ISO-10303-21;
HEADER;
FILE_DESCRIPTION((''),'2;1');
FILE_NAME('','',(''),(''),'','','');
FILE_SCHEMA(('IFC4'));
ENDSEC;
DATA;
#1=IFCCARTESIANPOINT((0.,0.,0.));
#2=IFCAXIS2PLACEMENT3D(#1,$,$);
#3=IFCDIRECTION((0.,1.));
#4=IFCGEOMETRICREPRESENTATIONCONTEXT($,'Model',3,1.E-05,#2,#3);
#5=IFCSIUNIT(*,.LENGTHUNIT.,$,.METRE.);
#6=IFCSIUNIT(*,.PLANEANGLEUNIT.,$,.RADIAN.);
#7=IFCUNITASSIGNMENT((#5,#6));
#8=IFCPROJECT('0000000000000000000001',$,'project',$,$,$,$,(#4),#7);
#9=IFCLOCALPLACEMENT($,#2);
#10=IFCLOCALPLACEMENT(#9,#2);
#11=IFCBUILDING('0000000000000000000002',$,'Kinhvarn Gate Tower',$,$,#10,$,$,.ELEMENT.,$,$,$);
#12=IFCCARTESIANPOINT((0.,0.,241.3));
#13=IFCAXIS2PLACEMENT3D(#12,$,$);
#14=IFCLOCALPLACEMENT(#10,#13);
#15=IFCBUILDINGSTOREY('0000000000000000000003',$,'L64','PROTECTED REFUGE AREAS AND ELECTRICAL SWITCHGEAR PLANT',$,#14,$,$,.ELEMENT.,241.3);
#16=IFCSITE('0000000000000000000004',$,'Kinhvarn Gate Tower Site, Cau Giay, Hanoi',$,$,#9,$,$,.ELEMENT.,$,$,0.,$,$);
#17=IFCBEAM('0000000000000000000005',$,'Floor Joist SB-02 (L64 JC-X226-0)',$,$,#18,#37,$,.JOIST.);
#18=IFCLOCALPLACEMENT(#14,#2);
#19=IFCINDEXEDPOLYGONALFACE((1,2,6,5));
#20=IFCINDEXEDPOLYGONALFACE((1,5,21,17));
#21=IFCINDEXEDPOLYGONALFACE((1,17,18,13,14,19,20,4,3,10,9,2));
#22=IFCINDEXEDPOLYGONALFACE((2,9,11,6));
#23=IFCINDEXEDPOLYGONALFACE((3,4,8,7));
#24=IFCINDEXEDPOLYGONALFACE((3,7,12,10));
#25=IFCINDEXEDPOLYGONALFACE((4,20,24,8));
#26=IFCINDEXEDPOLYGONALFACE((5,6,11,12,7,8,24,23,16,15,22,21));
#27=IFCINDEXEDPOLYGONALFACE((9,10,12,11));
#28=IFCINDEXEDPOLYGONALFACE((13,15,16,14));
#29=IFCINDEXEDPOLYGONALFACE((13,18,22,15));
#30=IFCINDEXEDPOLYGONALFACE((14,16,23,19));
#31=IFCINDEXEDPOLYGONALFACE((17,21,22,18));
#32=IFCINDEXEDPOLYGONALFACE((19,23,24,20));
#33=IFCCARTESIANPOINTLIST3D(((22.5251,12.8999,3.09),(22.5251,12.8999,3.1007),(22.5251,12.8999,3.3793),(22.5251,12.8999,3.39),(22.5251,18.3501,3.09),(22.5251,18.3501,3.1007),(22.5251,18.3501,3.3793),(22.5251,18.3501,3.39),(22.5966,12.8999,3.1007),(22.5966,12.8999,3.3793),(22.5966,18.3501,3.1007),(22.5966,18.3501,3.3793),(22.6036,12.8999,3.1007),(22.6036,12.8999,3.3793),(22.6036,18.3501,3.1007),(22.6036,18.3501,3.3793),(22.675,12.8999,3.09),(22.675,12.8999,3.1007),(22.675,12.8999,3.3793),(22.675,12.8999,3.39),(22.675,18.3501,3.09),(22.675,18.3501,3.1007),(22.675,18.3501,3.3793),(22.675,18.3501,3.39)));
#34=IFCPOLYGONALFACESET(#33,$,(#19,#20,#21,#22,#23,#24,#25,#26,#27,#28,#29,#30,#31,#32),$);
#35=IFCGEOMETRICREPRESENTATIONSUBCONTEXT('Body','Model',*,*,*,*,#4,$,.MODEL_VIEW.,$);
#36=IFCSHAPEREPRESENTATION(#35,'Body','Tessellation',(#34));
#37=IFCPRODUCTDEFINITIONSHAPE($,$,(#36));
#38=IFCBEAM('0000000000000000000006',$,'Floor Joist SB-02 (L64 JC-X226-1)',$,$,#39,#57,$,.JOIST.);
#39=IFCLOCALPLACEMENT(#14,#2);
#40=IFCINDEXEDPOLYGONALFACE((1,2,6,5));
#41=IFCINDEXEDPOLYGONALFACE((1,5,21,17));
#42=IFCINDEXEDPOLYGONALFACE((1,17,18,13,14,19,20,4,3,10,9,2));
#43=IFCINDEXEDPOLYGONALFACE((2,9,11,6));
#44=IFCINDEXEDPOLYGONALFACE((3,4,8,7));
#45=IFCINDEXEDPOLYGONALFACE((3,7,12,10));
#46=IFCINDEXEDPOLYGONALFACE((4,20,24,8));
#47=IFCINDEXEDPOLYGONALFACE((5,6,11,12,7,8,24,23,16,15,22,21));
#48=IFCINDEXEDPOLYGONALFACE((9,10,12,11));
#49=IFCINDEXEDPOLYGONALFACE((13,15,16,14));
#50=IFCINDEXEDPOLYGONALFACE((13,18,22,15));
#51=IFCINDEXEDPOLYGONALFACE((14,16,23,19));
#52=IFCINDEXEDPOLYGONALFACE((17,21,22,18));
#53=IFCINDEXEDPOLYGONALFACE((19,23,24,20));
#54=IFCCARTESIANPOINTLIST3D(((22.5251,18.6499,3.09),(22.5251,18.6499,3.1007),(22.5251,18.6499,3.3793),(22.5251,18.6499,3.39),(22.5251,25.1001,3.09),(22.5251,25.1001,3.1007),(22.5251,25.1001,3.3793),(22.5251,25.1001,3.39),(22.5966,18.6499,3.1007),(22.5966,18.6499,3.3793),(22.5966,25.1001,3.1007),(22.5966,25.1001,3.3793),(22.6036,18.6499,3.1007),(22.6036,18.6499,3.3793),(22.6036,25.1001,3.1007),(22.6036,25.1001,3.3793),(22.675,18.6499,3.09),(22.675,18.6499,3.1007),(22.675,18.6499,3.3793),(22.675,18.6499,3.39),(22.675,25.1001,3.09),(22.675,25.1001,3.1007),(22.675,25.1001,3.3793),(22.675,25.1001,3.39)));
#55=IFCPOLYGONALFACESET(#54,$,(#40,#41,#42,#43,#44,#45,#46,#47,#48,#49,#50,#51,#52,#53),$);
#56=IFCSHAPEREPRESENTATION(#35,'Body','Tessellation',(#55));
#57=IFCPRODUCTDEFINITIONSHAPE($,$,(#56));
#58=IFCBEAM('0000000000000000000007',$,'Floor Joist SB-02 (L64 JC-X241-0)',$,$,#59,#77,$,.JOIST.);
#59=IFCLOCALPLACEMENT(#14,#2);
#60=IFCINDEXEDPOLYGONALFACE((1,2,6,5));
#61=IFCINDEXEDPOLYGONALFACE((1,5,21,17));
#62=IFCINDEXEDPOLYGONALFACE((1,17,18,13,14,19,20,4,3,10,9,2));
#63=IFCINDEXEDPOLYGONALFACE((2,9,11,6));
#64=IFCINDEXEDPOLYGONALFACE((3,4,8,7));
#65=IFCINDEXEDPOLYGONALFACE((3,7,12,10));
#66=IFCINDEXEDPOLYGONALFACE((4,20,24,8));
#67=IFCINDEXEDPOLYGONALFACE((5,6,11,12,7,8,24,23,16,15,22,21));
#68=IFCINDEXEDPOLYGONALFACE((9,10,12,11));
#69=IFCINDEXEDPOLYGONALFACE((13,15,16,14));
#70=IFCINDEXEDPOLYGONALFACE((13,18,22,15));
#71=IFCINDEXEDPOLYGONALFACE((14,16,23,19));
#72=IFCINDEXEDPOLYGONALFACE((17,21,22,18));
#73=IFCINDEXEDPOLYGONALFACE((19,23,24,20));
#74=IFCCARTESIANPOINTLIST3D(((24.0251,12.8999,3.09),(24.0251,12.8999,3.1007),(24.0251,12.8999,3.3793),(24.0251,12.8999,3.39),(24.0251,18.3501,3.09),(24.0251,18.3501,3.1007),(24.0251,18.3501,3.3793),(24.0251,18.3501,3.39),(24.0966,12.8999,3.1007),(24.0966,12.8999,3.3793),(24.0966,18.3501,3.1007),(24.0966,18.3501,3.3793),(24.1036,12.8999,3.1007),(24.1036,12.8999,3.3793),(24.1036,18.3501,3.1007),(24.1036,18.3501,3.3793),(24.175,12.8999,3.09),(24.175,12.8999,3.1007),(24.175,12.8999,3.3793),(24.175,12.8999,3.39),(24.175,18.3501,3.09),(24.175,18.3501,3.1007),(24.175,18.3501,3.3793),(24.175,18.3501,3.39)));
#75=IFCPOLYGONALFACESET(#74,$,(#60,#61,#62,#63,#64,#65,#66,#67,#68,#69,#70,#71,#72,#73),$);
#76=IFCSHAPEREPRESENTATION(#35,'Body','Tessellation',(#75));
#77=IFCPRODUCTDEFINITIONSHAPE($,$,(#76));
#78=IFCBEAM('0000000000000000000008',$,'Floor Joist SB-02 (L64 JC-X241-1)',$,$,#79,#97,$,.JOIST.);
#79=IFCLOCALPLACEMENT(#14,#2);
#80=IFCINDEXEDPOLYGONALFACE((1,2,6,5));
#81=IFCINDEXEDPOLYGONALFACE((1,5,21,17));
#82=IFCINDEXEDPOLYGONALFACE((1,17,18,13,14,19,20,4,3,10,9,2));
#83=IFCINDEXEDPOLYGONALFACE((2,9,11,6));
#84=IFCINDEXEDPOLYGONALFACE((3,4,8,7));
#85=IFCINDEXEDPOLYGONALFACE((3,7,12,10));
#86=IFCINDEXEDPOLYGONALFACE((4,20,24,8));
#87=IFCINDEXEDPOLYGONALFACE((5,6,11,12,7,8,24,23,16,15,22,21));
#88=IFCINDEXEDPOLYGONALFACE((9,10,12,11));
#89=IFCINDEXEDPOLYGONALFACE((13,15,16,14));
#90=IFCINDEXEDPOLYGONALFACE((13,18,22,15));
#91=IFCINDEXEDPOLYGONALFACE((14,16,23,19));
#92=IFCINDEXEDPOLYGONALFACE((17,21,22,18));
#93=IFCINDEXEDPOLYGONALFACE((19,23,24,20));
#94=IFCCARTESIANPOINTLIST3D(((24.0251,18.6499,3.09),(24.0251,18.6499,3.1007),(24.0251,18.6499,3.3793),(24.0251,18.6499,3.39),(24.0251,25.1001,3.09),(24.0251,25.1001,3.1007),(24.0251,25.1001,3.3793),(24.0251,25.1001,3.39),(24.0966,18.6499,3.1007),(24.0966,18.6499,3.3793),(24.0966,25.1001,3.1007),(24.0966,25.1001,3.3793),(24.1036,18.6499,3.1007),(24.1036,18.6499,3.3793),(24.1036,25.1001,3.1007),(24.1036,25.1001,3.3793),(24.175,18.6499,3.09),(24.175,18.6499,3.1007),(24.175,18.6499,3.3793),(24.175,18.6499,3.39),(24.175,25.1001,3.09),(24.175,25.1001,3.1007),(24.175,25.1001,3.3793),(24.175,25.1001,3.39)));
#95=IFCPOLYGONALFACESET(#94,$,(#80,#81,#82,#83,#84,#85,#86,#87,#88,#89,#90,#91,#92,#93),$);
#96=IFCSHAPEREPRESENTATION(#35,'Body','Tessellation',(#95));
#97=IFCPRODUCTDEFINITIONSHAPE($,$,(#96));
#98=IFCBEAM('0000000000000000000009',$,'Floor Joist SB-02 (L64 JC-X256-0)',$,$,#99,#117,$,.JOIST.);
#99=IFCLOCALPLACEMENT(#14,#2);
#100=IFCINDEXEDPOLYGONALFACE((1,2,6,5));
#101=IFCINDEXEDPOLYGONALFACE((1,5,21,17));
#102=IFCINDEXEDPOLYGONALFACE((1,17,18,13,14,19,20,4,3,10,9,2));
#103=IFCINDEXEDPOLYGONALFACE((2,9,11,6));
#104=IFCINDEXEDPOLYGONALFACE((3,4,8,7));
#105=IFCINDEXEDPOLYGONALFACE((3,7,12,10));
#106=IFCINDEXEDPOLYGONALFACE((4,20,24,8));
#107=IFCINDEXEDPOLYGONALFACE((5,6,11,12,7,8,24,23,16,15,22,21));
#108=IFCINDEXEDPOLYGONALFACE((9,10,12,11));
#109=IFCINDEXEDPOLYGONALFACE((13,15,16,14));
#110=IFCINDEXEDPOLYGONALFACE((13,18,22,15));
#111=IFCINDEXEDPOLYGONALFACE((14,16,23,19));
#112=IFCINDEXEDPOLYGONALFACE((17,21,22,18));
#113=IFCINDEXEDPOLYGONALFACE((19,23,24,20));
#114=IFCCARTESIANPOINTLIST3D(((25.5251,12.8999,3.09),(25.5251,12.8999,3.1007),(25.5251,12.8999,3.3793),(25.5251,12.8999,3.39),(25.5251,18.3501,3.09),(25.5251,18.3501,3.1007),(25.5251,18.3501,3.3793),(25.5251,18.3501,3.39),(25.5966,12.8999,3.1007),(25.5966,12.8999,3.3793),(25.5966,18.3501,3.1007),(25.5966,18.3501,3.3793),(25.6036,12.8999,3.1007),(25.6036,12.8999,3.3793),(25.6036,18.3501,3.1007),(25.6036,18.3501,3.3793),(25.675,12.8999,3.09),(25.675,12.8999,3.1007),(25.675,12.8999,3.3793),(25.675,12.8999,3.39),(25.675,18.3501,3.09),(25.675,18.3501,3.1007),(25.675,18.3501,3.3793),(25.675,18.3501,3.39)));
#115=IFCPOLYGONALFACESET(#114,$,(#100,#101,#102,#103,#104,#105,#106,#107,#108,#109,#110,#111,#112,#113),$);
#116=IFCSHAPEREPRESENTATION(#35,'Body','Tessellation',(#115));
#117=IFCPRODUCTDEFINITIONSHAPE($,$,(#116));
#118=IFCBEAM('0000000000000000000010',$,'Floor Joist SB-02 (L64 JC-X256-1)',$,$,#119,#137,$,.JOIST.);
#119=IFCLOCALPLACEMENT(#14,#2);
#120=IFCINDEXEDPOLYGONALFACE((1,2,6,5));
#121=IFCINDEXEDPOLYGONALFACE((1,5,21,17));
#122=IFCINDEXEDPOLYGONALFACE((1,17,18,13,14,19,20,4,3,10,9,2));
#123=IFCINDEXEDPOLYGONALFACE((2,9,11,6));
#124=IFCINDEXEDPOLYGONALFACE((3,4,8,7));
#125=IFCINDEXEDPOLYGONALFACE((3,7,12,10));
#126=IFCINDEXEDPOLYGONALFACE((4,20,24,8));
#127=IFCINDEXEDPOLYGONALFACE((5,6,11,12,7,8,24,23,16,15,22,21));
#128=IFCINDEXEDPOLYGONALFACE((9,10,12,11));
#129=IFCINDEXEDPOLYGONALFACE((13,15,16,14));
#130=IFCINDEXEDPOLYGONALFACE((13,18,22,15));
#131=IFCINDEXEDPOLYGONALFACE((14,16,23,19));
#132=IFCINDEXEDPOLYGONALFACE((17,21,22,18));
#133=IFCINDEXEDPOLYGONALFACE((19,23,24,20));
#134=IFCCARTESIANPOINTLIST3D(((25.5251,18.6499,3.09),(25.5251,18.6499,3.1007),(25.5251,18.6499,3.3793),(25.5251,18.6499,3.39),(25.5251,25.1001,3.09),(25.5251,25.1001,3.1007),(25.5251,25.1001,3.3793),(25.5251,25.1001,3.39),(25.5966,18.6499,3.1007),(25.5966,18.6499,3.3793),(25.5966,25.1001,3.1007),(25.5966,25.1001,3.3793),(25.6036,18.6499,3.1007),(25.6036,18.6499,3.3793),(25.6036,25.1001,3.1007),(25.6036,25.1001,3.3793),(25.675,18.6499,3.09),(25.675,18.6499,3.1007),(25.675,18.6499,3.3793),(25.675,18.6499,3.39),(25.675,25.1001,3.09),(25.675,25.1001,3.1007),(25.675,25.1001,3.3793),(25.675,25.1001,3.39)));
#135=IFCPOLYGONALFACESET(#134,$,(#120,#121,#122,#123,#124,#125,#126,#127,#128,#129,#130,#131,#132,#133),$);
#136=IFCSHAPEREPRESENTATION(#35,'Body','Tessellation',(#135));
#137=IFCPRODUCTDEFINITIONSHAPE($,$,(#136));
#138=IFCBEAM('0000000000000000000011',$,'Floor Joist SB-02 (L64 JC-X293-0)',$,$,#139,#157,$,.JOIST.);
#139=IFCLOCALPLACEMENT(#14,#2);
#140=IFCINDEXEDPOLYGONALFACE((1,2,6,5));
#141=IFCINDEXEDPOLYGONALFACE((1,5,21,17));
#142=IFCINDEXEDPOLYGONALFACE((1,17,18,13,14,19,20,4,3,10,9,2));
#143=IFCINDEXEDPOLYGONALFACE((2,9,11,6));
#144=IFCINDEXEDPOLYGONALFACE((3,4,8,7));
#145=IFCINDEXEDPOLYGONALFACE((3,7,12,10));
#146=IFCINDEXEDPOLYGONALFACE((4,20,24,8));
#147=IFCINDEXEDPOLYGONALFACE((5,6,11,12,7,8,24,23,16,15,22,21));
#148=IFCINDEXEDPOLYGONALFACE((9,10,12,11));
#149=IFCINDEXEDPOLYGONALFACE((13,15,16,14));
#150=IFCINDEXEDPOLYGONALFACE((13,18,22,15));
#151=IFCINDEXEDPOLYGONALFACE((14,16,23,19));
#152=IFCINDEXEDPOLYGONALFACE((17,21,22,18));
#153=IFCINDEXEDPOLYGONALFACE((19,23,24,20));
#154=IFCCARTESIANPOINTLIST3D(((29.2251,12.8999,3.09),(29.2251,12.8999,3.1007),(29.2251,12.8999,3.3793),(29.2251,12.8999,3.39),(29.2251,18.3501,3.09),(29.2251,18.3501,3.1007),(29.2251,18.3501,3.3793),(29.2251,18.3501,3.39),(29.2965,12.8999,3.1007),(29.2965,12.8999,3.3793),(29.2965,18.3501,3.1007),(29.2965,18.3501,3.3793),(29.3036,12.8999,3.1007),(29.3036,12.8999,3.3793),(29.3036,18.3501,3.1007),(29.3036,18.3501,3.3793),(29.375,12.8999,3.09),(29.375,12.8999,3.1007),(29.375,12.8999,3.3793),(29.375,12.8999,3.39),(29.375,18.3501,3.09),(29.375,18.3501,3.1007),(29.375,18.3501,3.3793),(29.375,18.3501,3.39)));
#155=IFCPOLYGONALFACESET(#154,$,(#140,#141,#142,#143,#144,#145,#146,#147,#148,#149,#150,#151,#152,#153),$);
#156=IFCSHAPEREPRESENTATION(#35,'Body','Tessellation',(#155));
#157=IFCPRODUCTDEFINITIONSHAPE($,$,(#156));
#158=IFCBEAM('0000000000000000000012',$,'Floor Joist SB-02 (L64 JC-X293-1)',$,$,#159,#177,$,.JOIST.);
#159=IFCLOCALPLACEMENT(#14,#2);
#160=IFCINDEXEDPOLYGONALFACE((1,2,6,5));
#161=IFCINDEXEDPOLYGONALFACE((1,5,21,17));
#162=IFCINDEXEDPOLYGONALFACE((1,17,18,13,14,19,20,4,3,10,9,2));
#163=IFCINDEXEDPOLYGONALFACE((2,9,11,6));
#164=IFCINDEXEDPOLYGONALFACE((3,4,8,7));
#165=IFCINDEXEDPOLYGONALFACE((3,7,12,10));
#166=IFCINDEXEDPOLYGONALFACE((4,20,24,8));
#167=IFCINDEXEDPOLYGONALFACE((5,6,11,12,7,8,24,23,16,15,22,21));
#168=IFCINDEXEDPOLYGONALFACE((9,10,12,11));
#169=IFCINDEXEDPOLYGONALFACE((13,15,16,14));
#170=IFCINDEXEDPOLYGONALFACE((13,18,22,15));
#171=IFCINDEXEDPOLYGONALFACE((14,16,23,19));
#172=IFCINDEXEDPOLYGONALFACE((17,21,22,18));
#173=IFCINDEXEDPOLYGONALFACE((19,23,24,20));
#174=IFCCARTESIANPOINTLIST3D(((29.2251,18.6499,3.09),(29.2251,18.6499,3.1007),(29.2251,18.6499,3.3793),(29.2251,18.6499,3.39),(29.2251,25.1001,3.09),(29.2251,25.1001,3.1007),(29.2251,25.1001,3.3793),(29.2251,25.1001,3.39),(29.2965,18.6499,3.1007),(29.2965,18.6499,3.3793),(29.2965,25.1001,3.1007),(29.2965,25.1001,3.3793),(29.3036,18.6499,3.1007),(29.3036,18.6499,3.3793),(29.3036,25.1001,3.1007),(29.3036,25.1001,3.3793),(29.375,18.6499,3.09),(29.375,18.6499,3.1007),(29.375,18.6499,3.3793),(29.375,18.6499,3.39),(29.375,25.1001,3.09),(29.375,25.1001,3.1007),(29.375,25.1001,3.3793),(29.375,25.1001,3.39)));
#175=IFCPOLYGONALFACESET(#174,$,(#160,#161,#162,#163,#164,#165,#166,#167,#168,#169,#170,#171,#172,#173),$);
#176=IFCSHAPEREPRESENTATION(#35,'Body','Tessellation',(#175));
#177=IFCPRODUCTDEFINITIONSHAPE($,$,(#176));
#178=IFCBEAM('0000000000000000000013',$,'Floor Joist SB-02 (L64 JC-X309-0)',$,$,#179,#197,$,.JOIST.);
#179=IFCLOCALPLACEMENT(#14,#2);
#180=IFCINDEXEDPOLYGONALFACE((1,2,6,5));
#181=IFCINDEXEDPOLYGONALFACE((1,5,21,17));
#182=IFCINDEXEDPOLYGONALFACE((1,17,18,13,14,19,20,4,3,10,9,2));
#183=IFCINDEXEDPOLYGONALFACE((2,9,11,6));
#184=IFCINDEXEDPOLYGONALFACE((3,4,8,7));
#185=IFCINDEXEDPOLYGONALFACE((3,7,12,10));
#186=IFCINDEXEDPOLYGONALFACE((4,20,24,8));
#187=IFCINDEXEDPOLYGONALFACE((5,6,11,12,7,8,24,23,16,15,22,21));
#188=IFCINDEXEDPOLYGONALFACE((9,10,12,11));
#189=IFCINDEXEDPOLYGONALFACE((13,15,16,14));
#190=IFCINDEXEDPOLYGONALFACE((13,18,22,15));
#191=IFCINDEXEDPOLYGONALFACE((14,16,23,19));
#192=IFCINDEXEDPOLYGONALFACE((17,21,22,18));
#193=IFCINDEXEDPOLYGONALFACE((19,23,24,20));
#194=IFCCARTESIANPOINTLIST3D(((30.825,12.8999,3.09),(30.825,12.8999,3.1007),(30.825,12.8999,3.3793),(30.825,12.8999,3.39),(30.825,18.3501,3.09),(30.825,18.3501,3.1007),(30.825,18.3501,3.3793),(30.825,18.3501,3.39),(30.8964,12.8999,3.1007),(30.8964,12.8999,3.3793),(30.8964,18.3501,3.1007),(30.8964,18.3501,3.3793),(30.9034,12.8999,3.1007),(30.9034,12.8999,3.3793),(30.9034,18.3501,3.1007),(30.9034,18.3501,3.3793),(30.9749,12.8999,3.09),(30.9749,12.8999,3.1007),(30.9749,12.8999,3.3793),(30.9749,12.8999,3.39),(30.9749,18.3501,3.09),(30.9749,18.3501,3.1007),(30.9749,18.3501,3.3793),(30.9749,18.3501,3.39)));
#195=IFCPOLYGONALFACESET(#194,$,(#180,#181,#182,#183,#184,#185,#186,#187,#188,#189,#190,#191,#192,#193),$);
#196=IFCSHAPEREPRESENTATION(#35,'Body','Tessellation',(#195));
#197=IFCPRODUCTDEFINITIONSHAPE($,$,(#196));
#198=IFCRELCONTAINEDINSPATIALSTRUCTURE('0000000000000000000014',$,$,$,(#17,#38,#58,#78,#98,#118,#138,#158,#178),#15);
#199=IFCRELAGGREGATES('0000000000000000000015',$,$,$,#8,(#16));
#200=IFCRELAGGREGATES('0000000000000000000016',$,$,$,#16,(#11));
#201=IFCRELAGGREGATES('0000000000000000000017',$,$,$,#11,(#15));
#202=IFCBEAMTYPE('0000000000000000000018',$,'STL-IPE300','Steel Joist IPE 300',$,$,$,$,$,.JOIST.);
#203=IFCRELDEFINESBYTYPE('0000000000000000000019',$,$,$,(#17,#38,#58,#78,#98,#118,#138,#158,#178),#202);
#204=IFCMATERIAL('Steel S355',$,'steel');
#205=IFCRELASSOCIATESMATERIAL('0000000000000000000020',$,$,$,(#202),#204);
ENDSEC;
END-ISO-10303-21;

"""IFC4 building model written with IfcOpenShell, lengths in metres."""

from ifc_helpers import new_model, si_unit, direction, frame, origin, origin_2d, place, context, subcontext, project, spatial, i_section, extrude, material, material_profile, profile_set, type_object, element, save


model = new_model("IFC4")

# Units and contexts
model_context = context("Model", 3, precision=1e-05, world=origin(), true_north=direction((0.0, 1.0)))
body_context = subcontext(model_context, "Body", "Model", "MODEL_VIEW")
ifc_project = project(units=[si_unit("LENGTHUNIT", "METRE"), si_unit("PLANEANGLEUNIT", "RADIAN")], contexts=[model_context])

# Site, building, storey
site_placement = place(None, origin())
site = spatial("IfcSite", under=ifc_project, at=site_placement, Name="Kinhvarn Gate Tower Site, Cau Giay, Hanoi", CompositionType="ELEMENT", RefElevation=0.0)
building_placement = place(site_placement, origin())
building = spatial("IfcBuilding", under=site, at=building_placement, Name="Kinhvarn Gate Tower", CompositionType="ELEMENT")
storey_placement = place(building_placement, frame((0.0, 0.0, 241.3)))
storey = spatial("IfcBuildingStorey", under=building, at=storey_placement, Name="L64", Description="PROTECTED REFUGE AREAS AND ELECTRICAL SWITCHGEAR PLANT", CompositionType="ELEMENT", Elevation=241.3)

# Beams
ifc_material_1 = material(Name="Steel S355", Category="steel")
ifc_material_profile = material_profile(ifc_material_1, i_section(OverallWidth=0.1499, OverallDepth=0.3, WebThickness=0.0071, FlangeThickness=0.0107, at=origin_2d()), Name="IPE 300")
ifc_profile_set = profile_set([ifc_material_profile], Name="Steel S355")
beam_type = type_object("IfcBeamType", Name="STL-IPE300", Description="Steel Joist IPE 300", PredefinedType="JOIST", material=ifc_profile_set)
beam_1_placement = place(storey_placement, frame((22.6001, 12.8999, 3.24), z_axis=(0.0, 1.0, 0.0), x_axis=(-1.0, 0.0, 0.0)))
element("IfcBeam", 1, at=beam_1_placement, inside=storey, type_object=beam_type, Name="Floor Joist SB-02 (L64 JC-X226-0)", PredefinedType="JOIST", context=body_context, shape_type="SweptSolid", body=[
    extrude(i_section(OverallWidth=0.1499, OverallDepth=0.3, WebThickness=0.0071, FlangeThickness=0.0107, at=origin_2d()), origin(), (0.0, 0.0, 1.0), 5.4502),
])
beam_2_placement = place(storey_placement, frame((22.6001, 18.6499, 3.24), z_axis=(0.0, 1.0, 0.0), x_axis=(-1.0, 0.0, 0.0)))
element("IfcBeam", 2, at=beam_2_placement, inside=storey, type_object=beam_type, Name="Floor Joist SB-02 (L64 JC-X226-1)", PredefinedType="JOIST", context=body_context, shape_type="SweptSolid", body=[
    extrude(i_section(OverallWidth=0.1499, OverallDepth=0.3, WebThickness=0.0071, FlangeThickness=0.0107, at=origin_2d()), origin(), (0.0, 0.0, 1.0), 6.4502),
])
beam_3_placement = place(storey_placement, frame((24.1001, 12.8999, 3.24), z_axis=(0.0, 1.0, 0.0), x_axis=(-1.0, 0.0, 0.0)))
element("IfcBeam", 3, at=beam_3_placement, inside=storey, type_object=beam_type, Name="Floor Joist SB-02 (L64 JC-X241-0)", PredefinedType="JOIST", context=body_context, shape_type="SweptSolid", body=[
    extrude(i_section(OverallWidth=0.1499, OverallDepth=0.3, WebThickness=0.0071, FlangeThickness=0.0107, at=origin_2d()), origin(), (0.0, 0.0, 1.0), 5.4502),
])
beam_4_placement = place(storey_placement, frame((24.1001, 18.6499, 3.24), z_axis=(0.0, 1.0, 0.0), x_axis=(-1.0, 0.0, 0.0)))
element("IfcBeam", 4, at=beam_4_placement, inside=storey, type_object=beam_type, Name="Floor Joist SB-02 (L64 JC-X241-1)", PredefinedType="JOIST", context=body_context, shape_type="SweptSolid", body=[
    extrude(i_section(OverallWidth=0.1499, OverallDepth=0.3, WebThickness=0.0071, FlangeThickness=0.0107, at=origin_2d()), origin(), (0.0, 0.0, 1.0), 6.4502),
])
beam_5_placement = place(storey_placement, frame((25.6001, 12.8999, 3.24), z_axis=(0.0, 1.0, 0.0), x_axis=(-1.0, 0.0, 0.0)))
element("IfcBeam", 5, at=beam_5_placement, inside=storey, type_object=beam_type, Name="Floor Joist SB-02 (L64 JC-X256-0)", PredefinedType="JOIST", context=body_context, shape_type="SweptSolid", body=[
    extrude(i_section(OverallWidth=0.1499, OverallDepth=0.3, WebThickness=0.0071, FlangeThickness=0.0107, at=origin_2d()), origin(), (0.0, 0.0, 1.0), 5.4502),
])
beam_6_placement = place(storey_placement, frame((25.6001, 18.6499, 3.24), z_axis=(0.0, 1.0, 0.0), x_axis=(-1.0, 0.0, 0.0)))
element("IfcBeam", 6, at=beam_6_placement, inside=storey, type_object=beam_type, Name="Floor Joist SB-02 (L64 JC-X256-1)", PredefinedType="JOIST", context=body_context, shape_type="SweptSolid", body=[
    extrude(i_section(OverallWidth=0.1499, OverallDepth=0.3, WebThickness=0.0071, FlangeThickness=0.0107, at=origin_2d()), origin(), (0.0, 0.0, 1.0), 6.4502),
])
beam_7_placement = place(storey_placement, frame((29.3, 12.8999, 3.24), z_axis=(0.0, 1.0, 0.0), x_axis=(-1.0, 0.0, 0.0)))
element("IfcBeam", 7, at=beam_7_placement, inside=storey, type_object=beam_type, Name="Floor Joist SB-02 (L64 JC-X293-0)", PredefinedType="JOIST", context=body_context, shape_type="SweptSolid", body=[
    extrude(i_section(OverallWidth=0.1499, OverallDepth=0.3, WebThickness=0.0071, FlangeThickness=0.0107, at=origin_2d()), origin(), (0.0, 0.0, 1.0), 5.4502),
])
beam_8_placement = place(storey_placement, frame((29.3, 18.6499, 3.24), z_axis=(0.0, 1.0, 0.0), x_axis=(-1.0, 0.0, 0.0)))
element("IfcBeam", 8, at=beam_8_placement, inside=storey, type_object=beam_type, Name="Floor Joist SB-02 (L64 JC-X293-1)", PredefinedType="JOIST", context=body_context, shape_type="SweptSolid", body=[
    extrude(i_section(OverallWidth=0.1499, OverallDepth=0.3, WebThickness=0.0071, FlangeThickness=0.0107, at=origin_2d()), origin(), (0.0, 0.0, 1.0), 6.4502),
])
beam_9_placement = place(storey_placement, frame((30.8999, 12.8999, 3.24), z_axis=(0.0, 1.0, 0.0), x_axis=(-1.0, 0.0, 0.0)))
element("IfcBeam", 9, at=beam_9_placement, inside=storey, type_object=beam_type, Name="Floor Joist SB-02 (L64 JC-X309-0)", PredefinedType="JOIST", context=body_context, shape_type="SweptSolid", body=[
    extrude(i_section(OverallWidth=0.1499, OverallDepth=0.3, WebThickness=0.0071, FlangeThickness=0.0107, at=origin_2d()), origin(), (0.0, 0.0, 1.0), 5.4502),
])

save(model, "model.ifc")
